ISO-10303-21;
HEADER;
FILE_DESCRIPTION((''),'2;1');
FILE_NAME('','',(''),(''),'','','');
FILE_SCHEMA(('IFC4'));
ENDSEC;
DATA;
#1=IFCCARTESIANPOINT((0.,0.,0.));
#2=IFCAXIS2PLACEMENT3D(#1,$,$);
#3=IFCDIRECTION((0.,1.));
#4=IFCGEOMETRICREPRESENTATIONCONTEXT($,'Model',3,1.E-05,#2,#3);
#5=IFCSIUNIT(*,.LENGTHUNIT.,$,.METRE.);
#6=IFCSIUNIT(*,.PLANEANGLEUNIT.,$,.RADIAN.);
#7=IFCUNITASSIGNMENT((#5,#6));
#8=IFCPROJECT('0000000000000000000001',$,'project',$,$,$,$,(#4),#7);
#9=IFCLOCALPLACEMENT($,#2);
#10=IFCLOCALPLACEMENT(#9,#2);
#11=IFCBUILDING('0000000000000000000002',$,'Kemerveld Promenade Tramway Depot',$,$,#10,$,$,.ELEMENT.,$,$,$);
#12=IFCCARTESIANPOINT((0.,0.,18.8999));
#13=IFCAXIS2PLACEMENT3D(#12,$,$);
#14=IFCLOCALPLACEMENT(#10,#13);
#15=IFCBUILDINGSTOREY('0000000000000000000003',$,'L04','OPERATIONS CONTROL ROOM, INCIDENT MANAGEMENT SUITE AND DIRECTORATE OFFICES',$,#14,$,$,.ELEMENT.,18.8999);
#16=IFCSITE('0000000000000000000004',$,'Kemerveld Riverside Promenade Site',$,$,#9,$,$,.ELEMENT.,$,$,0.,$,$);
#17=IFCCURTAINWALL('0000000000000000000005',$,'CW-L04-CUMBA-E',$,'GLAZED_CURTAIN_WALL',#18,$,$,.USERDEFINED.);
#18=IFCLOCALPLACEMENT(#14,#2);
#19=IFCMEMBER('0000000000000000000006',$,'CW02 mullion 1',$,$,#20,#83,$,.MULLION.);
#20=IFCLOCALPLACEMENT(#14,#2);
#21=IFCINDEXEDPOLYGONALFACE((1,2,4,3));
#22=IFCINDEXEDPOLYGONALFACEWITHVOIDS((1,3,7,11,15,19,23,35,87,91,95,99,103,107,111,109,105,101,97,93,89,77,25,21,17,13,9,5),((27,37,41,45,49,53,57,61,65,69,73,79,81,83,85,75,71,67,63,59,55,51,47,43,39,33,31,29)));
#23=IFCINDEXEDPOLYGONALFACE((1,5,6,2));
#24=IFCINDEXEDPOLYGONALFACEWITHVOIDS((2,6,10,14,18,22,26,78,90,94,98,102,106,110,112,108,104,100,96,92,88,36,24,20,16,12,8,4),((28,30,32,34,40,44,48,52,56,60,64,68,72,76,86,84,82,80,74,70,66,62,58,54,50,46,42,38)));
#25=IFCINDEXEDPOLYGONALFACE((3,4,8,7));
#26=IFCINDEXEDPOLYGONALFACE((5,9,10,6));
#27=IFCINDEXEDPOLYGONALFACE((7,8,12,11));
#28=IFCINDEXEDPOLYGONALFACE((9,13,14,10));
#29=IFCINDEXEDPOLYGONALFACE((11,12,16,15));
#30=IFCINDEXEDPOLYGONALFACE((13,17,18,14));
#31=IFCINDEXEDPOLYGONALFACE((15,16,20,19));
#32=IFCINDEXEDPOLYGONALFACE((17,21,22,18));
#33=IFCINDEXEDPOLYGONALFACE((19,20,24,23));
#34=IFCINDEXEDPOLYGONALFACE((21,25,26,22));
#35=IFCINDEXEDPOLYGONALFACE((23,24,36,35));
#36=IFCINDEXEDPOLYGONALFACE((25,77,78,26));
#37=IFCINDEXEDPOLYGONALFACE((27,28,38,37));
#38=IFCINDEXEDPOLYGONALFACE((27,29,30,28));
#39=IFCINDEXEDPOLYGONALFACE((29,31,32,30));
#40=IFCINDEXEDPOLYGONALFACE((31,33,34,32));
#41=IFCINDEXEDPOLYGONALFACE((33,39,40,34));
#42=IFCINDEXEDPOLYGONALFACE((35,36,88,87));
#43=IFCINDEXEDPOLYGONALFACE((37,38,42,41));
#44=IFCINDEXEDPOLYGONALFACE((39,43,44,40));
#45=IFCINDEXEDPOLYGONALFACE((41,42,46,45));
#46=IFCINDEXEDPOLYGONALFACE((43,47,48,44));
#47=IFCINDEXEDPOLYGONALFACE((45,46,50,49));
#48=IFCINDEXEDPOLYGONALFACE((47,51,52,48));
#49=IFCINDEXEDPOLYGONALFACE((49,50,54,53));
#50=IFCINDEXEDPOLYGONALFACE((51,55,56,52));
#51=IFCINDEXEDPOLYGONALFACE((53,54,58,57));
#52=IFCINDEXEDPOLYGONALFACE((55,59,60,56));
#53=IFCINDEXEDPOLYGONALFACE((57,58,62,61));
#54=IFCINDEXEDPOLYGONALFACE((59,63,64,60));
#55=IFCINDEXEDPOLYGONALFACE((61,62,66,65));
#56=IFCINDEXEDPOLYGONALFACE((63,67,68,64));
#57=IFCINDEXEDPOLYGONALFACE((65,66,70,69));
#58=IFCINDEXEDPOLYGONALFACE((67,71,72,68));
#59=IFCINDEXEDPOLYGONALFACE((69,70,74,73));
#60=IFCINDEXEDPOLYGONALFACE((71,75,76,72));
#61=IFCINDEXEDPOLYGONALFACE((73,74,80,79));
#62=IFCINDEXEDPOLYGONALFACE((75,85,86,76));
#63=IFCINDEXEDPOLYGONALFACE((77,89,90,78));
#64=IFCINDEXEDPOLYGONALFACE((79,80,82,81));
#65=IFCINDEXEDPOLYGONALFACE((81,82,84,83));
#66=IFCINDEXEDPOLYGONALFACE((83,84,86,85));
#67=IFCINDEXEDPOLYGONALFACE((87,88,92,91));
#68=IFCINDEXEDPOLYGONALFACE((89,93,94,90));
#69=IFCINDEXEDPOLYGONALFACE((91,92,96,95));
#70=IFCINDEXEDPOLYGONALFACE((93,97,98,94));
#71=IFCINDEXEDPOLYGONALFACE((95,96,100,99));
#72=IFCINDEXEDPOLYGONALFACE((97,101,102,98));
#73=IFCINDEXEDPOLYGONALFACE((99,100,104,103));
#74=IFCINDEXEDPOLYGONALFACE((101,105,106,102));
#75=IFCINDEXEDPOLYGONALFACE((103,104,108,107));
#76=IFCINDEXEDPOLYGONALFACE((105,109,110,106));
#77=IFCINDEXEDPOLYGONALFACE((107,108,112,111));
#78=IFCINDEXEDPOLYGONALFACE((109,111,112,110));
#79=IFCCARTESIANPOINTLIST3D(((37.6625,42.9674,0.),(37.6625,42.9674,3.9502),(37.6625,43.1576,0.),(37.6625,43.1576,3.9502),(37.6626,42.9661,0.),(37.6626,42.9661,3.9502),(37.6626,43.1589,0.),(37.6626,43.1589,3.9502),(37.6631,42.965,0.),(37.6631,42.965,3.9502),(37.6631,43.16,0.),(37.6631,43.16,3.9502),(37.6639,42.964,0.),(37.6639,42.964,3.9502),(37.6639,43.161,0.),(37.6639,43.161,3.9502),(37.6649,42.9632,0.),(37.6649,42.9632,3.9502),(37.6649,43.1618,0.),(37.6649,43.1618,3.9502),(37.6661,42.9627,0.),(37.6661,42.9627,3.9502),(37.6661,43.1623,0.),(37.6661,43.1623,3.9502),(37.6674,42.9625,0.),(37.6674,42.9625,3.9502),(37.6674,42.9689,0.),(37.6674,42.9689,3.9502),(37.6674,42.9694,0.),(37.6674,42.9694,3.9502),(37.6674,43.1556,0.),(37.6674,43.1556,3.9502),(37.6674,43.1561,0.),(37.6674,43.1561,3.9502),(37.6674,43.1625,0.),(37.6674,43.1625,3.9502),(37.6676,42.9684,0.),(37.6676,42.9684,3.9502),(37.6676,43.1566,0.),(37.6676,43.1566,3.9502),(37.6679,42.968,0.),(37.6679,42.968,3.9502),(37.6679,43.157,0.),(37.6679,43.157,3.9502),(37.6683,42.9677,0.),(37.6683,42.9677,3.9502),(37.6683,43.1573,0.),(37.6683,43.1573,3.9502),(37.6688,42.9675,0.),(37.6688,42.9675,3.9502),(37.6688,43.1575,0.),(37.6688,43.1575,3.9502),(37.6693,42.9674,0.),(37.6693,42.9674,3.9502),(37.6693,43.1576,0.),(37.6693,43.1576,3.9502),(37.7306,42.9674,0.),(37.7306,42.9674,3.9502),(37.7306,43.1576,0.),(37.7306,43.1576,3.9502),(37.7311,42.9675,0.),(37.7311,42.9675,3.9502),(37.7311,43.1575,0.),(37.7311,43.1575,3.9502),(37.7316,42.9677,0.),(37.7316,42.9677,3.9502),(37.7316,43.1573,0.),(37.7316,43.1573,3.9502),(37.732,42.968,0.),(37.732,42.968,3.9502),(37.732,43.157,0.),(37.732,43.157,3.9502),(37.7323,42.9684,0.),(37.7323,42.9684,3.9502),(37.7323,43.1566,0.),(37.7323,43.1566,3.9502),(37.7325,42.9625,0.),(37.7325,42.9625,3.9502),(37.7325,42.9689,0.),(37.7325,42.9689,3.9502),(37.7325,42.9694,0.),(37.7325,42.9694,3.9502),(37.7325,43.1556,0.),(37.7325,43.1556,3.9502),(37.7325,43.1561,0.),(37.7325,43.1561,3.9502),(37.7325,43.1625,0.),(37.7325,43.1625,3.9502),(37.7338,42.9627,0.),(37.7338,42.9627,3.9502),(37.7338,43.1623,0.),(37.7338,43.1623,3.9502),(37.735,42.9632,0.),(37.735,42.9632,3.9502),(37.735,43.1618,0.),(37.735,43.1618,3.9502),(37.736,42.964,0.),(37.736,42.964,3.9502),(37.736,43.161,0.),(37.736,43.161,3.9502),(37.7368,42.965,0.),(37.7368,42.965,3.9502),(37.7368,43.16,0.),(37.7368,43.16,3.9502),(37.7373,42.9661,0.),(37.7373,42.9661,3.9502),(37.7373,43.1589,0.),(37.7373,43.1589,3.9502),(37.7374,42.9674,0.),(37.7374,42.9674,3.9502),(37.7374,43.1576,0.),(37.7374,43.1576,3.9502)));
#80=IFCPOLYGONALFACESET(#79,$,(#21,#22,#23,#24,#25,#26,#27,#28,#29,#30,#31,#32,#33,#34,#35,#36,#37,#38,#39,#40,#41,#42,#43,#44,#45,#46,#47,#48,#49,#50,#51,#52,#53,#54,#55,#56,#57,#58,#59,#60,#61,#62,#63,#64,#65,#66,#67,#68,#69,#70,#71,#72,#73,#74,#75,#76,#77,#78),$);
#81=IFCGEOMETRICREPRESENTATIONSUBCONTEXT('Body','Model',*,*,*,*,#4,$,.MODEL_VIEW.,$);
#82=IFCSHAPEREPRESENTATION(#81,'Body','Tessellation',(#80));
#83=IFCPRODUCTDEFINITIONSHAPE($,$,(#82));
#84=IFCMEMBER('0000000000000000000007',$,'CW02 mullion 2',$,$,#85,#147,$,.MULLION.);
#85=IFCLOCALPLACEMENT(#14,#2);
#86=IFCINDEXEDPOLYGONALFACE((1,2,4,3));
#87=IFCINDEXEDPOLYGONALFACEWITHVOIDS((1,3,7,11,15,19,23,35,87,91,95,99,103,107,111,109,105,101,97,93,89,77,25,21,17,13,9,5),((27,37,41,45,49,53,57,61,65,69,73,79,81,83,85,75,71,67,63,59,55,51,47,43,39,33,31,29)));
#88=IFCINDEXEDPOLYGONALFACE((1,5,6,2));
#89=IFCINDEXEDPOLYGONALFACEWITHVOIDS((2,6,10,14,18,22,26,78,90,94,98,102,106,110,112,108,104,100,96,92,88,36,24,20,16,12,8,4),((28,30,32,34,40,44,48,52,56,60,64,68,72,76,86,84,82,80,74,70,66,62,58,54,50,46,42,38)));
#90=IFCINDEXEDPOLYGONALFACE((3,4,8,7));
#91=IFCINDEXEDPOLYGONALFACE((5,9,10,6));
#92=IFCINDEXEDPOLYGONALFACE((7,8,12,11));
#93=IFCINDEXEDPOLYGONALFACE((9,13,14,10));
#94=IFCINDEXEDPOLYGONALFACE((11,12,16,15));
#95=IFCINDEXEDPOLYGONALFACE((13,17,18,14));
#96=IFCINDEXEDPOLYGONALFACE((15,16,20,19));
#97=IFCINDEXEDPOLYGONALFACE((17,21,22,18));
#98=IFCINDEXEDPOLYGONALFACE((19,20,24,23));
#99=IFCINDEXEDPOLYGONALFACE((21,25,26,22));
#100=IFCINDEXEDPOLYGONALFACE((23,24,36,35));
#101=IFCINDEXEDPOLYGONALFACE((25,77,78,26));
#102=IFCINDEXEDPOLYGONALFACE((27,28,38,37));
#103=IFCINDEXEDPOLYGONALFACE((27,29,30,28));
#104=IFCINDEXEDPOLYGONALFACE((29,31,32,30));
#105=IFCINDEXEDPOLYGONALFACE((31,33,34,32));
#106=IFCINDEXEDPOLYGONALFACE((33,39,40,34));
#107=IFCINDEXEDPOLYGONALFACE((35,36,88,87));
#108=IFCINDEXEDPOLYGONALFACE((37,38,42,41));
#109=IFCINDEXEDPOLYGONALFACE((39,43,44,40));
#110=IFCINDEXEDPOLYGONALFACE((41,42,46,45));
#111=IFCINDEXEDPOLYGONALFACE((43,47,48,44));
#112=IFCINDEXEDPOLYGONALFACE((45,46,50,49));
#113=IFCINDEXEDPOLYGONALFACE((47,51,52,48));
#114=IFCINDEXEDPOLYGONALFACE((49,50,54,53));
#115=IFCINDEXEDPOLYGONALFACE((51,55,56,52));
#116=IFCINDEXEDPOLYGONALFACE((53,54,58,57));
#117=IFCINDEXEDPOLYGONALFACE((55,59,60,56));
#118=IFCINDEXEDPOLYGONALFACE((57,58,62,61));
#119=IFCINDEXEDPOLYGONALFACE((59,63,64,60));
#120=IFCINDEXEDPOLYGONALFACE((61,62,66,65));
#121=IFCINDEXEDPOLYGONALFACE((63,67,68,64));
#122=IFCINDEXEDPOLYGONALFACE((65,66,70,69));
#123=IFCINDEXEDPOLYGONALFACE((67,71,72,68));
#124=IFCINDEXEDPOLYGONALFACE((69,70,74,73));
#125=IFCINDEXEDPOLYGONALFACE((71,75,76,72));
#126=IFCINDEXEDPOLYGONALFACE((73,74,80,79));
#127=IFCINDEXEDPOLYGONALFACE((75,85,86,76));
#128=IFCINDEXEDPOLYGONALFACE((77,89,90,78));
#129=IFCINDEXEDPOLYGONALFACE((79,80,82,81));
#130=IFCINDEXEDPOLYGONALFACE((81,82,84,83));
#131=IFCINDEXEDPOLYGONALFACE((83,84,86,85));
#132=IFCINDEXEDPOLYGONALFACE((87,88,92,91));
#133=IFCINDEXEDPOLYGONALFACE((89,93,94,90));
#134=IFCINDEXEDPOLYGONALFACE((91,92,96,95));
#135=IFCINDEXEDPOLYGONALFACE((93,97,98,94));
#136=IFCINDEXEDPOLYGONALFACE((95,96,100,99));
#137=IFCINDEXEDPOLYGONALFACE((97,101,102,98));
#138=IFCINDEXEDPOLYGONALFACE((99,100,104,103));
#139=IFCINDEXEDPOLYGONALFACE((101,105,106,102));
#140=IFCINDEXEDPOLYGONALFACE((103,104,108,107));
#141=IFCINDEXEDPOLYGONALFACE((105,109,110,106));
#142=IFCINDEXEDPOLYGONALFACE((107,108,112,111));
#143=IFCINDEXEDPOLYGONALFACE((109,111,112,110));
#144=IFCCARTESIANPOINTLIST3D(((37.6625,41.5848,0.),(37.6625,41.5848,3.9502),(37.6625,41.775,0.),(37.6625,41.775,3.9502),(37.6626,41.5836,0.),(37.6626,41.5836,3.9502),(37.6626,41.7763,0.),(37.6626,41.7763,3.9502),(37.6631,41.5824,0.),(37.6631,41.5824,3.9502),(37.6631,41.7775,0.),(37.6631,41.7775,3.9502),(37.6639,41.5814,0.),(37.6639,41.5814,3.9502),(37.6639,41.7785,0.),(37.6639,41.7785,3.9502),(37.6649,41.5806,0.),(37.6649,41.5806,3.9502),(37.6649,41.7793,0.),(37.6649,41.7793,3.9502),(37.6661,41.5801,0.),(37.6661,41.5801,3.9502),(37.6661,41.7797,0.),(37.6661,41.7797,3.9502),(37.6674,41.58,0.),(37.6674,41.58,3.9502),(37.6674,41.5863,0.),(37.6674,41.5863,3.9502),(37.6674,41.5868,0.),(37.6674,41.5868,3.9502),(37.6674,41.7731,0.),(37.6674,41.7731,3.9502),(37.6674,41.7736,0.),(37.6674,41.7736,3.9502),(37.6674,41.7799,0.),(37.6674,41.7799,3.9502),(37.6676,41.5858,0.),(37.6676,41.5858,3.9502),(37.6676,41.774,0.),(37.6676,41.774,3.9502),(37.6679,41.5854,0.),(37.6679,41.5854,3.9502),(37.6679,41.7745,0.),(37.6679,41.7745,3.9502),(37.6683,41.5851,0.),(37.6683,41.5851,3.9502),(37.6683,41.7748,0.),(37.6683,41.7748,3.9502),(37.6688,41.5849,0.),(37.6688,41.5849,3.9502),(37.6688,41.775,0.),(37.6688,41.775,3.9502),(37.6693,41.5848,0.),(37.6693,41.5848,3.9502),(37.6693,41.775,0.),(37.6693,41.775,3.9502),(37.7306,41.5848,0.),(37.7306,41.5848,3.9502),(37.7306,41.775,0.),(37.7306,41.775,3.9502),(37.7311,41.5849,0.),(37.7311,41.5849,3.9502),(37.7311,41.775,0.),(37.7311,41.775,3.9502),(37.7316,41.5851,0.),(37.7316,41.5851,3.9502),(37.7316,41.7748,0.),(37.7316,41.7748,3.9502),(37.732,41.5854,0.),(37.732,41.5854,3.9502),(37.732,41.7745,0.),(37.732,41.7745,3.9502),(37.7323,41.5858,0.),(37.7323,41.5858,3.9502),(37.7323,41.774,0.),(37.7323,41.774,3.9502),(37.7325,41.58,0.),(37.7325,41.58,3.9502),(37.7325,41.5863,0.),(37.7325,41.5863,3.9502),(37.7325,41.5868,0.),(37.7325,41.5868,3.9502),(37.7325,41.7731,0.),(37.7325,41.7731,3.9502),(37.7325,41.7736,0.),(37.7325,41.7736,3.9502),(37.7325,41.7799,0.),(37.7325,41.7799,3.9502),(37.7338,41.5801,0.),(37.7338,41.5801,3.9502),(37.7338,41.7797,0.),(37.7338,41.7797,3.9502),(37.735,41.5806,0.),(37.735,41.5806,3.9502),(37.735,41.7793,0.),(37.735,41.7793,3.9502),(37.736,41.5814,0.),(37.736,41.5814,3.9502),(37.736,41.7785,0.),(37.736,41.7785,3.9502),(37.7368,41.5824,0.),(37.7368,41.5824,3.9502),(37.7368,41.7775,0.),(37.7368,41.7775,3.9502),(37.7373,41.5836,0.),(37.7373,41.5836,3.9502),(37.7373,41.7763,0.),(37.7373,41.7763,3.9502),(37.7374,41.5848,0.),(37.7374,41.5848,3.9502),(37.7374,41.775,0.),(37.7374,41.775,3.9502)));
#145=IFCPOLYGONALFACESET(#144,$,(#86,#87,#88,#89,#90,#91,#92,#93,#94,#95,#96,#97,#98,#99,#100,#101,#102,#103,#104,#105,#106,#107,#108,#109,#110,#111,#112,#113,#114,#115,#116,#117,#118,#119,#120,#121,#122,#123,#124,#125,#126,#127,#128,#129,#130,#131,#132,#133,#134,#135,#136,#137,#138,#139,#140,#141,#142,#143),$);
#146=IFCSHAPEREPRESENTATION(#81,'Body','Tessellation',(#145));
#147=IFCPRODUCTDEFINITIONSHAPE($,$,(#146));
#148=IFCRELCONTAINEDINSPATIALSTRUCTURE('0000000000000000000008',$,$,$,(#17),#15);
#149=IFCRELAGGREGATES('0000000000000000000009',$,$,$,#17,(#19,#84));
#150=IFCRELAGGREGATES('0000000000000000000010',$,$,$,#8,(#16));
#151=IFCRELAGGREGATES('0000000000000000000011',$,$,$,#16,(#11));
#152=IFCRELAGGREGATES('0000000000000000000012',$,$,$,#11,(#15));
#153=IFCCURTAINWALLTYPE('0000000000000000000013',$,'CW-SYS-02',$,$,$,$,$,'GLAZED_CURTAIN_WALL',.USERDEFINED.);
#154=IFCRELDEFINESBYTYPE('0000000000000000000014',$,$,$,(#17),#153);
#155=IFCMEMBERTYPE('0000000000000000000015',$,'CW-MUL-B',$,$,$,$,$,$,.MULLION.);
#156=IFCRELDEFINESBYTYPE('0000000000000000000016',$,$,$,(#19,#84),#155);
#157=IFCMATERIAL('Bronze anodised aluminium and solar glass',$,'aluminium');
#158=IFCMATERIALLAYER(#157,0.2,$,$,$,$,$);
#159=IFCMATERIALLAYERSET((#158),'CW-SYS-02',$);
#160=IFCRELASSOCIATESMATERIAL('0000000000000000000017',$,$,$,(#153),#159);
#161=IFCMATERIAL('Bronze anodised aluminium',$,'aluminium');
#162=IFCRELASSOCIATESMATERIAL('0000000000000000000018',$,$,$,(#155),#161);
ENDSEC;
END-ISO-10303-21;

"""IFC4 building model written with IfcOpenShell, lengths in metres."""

from ifc_helpers import new_model, si_unit, direction, frame, origin, origin_2d, place, context, subcontext, project, spatial, hollow_rectangle, extrude, material, layer, layer_set, material_profile, profile_set, type_object, element, aggregate, save


model = new_model("IFC4")

# Units and contexts
model_context = context("Model", 3, precision=1e-05, world=origin(), true_north=direction((0.0, 1.0)))
body_context = subcontext(model_context, "Body", "Model", "MODEL_VIEW")
ifc_project = project(units=[si_unit("LENGTHUNIT", "METRE"), si_unit("PLANEANGLEUNIT", "RADIAN")], contexts=[model_context])

# Site, building, storey
site_placement = place(None, origin())
site = spatial("IfcSite", under=ifc_project, at=site_placement, Name="Kemerveld Riverside Promenade Site", CompositionType="ELEMENT", RefElevation=0.0)
building_placement = place(site_placement, origin())
building = spatial("IfcBuilding", under=site, at=building_placement, Name="Kemerveld Promenade Tramway Depot", CompositionType="ELEMENT")
storey_placement = place(building_placement, frame((0.0, 0.0, 18.8999)))
storey = spatial("IfcBuildingStorey", under=building, at=storey_placement, Name="L04", Description="OPERATIONS CONTROL ROOM, INCIDENT MANAGEMENT SUITE AND DIRECTORATE OFFICES", CompositionType="ELEMENT", Elevation=18.8999)

# Curtain wall, members
ifc_material_1 = material(Name="Bronze anodised aluminium and solar glass", Category="aluminium")
ifc_layer_1 = layer(ifc_material_1, 0.2)
ifc_layer_set_1 = layer_set([ifc_layer_1], Name="CW-SYS-02")
curtain_wall_type = type_object("IfcCurtainWallType", Name="CW-SYS-02", ElementType="GLAZED_CURTAIN_WALL", PredefinedType="USERDEFINED", material=ifc_layer_set_1)
curtain_wall_placement = place(storey_placement, origin())
curtain_wall = element("IfcCurtainWall", 1, at=curtain_wall_placement, inside=storey, type_object=curtain_wall_type, Name="CW-L04-CUMBA-E", ObjectType="GLAZED_CURTAIN_WALL", PredefinedType="USERDEFINED")
ifc_material_2 = material(Name="Bronze anodised aluminium", Category="aluminium")
ifc_material_profile_1 = material_profile(ifc_material_2, hollow_rectangle(XDim=0.075, YDim=0.2, WallThickness=0.0049, InnerFilletRadius=0.002, OuterFilletRadius=0.0049, at=origin_2d()), Name="CW-MUL-200x75")
ifc_profile_set_1 = profile_set([ifc_material_profile_1], Name="Bronze anodised aluminium")
member_type_1 = type_object("IfcMemberType", Name="CW-MUL-B", PredefinedType="MULLION", material=ifc_profile_set_1)
member_1_placement = place(storey_placement, frame((37.7, 43.0625, 0.0), z_axis=(0.0, 0.0, 1.0), x_axis=(1.0, 0.0, 0.0)))
member_1 = element("IfcMember", 2, at=member_1_placement, type_object=member_type_1, Name="CW02 mullion 1", PredefinedType="MULLION", context=body_context, shape_type="SweptSolid", body=[
    extrude(hollow_rectangle(XDim=0.075, YDim=0.2, WallThickness=0.0049, InnerFilletRadius=0.002, OuterFilletRadius=0.0049, at=origin_2d()), origin(), (0.0, 0.0, 1.0), 3.9502),
])
member_2_placement = place(storey_placement, frame((37.7, 41.6799, 0.0), z_axis=(0.0, 0.0, 1.0), x_axis=(1.0, 0.0, 0.0)))
member_2 = element("IfcMember", 3, at=member_2_placement, type_object=member_type_1, Name="CW02 mullion 2", PredefinedType="MULLION", context=body_context, shape_type="SweptSolid", body=[
    extrude(hollow_rectangle(XDim=0.075, YDim=0.2, WallThickness=0.0049, InnerFilletRadius=0.002, OuterFilletRadius=0.0049, at=origin_2d()), origin(), (0.0, 0.0, 1.0), 3.9502),
])
aggregate(curtain_wall, [member_1, member_2])

save(model, "model.ifc")
